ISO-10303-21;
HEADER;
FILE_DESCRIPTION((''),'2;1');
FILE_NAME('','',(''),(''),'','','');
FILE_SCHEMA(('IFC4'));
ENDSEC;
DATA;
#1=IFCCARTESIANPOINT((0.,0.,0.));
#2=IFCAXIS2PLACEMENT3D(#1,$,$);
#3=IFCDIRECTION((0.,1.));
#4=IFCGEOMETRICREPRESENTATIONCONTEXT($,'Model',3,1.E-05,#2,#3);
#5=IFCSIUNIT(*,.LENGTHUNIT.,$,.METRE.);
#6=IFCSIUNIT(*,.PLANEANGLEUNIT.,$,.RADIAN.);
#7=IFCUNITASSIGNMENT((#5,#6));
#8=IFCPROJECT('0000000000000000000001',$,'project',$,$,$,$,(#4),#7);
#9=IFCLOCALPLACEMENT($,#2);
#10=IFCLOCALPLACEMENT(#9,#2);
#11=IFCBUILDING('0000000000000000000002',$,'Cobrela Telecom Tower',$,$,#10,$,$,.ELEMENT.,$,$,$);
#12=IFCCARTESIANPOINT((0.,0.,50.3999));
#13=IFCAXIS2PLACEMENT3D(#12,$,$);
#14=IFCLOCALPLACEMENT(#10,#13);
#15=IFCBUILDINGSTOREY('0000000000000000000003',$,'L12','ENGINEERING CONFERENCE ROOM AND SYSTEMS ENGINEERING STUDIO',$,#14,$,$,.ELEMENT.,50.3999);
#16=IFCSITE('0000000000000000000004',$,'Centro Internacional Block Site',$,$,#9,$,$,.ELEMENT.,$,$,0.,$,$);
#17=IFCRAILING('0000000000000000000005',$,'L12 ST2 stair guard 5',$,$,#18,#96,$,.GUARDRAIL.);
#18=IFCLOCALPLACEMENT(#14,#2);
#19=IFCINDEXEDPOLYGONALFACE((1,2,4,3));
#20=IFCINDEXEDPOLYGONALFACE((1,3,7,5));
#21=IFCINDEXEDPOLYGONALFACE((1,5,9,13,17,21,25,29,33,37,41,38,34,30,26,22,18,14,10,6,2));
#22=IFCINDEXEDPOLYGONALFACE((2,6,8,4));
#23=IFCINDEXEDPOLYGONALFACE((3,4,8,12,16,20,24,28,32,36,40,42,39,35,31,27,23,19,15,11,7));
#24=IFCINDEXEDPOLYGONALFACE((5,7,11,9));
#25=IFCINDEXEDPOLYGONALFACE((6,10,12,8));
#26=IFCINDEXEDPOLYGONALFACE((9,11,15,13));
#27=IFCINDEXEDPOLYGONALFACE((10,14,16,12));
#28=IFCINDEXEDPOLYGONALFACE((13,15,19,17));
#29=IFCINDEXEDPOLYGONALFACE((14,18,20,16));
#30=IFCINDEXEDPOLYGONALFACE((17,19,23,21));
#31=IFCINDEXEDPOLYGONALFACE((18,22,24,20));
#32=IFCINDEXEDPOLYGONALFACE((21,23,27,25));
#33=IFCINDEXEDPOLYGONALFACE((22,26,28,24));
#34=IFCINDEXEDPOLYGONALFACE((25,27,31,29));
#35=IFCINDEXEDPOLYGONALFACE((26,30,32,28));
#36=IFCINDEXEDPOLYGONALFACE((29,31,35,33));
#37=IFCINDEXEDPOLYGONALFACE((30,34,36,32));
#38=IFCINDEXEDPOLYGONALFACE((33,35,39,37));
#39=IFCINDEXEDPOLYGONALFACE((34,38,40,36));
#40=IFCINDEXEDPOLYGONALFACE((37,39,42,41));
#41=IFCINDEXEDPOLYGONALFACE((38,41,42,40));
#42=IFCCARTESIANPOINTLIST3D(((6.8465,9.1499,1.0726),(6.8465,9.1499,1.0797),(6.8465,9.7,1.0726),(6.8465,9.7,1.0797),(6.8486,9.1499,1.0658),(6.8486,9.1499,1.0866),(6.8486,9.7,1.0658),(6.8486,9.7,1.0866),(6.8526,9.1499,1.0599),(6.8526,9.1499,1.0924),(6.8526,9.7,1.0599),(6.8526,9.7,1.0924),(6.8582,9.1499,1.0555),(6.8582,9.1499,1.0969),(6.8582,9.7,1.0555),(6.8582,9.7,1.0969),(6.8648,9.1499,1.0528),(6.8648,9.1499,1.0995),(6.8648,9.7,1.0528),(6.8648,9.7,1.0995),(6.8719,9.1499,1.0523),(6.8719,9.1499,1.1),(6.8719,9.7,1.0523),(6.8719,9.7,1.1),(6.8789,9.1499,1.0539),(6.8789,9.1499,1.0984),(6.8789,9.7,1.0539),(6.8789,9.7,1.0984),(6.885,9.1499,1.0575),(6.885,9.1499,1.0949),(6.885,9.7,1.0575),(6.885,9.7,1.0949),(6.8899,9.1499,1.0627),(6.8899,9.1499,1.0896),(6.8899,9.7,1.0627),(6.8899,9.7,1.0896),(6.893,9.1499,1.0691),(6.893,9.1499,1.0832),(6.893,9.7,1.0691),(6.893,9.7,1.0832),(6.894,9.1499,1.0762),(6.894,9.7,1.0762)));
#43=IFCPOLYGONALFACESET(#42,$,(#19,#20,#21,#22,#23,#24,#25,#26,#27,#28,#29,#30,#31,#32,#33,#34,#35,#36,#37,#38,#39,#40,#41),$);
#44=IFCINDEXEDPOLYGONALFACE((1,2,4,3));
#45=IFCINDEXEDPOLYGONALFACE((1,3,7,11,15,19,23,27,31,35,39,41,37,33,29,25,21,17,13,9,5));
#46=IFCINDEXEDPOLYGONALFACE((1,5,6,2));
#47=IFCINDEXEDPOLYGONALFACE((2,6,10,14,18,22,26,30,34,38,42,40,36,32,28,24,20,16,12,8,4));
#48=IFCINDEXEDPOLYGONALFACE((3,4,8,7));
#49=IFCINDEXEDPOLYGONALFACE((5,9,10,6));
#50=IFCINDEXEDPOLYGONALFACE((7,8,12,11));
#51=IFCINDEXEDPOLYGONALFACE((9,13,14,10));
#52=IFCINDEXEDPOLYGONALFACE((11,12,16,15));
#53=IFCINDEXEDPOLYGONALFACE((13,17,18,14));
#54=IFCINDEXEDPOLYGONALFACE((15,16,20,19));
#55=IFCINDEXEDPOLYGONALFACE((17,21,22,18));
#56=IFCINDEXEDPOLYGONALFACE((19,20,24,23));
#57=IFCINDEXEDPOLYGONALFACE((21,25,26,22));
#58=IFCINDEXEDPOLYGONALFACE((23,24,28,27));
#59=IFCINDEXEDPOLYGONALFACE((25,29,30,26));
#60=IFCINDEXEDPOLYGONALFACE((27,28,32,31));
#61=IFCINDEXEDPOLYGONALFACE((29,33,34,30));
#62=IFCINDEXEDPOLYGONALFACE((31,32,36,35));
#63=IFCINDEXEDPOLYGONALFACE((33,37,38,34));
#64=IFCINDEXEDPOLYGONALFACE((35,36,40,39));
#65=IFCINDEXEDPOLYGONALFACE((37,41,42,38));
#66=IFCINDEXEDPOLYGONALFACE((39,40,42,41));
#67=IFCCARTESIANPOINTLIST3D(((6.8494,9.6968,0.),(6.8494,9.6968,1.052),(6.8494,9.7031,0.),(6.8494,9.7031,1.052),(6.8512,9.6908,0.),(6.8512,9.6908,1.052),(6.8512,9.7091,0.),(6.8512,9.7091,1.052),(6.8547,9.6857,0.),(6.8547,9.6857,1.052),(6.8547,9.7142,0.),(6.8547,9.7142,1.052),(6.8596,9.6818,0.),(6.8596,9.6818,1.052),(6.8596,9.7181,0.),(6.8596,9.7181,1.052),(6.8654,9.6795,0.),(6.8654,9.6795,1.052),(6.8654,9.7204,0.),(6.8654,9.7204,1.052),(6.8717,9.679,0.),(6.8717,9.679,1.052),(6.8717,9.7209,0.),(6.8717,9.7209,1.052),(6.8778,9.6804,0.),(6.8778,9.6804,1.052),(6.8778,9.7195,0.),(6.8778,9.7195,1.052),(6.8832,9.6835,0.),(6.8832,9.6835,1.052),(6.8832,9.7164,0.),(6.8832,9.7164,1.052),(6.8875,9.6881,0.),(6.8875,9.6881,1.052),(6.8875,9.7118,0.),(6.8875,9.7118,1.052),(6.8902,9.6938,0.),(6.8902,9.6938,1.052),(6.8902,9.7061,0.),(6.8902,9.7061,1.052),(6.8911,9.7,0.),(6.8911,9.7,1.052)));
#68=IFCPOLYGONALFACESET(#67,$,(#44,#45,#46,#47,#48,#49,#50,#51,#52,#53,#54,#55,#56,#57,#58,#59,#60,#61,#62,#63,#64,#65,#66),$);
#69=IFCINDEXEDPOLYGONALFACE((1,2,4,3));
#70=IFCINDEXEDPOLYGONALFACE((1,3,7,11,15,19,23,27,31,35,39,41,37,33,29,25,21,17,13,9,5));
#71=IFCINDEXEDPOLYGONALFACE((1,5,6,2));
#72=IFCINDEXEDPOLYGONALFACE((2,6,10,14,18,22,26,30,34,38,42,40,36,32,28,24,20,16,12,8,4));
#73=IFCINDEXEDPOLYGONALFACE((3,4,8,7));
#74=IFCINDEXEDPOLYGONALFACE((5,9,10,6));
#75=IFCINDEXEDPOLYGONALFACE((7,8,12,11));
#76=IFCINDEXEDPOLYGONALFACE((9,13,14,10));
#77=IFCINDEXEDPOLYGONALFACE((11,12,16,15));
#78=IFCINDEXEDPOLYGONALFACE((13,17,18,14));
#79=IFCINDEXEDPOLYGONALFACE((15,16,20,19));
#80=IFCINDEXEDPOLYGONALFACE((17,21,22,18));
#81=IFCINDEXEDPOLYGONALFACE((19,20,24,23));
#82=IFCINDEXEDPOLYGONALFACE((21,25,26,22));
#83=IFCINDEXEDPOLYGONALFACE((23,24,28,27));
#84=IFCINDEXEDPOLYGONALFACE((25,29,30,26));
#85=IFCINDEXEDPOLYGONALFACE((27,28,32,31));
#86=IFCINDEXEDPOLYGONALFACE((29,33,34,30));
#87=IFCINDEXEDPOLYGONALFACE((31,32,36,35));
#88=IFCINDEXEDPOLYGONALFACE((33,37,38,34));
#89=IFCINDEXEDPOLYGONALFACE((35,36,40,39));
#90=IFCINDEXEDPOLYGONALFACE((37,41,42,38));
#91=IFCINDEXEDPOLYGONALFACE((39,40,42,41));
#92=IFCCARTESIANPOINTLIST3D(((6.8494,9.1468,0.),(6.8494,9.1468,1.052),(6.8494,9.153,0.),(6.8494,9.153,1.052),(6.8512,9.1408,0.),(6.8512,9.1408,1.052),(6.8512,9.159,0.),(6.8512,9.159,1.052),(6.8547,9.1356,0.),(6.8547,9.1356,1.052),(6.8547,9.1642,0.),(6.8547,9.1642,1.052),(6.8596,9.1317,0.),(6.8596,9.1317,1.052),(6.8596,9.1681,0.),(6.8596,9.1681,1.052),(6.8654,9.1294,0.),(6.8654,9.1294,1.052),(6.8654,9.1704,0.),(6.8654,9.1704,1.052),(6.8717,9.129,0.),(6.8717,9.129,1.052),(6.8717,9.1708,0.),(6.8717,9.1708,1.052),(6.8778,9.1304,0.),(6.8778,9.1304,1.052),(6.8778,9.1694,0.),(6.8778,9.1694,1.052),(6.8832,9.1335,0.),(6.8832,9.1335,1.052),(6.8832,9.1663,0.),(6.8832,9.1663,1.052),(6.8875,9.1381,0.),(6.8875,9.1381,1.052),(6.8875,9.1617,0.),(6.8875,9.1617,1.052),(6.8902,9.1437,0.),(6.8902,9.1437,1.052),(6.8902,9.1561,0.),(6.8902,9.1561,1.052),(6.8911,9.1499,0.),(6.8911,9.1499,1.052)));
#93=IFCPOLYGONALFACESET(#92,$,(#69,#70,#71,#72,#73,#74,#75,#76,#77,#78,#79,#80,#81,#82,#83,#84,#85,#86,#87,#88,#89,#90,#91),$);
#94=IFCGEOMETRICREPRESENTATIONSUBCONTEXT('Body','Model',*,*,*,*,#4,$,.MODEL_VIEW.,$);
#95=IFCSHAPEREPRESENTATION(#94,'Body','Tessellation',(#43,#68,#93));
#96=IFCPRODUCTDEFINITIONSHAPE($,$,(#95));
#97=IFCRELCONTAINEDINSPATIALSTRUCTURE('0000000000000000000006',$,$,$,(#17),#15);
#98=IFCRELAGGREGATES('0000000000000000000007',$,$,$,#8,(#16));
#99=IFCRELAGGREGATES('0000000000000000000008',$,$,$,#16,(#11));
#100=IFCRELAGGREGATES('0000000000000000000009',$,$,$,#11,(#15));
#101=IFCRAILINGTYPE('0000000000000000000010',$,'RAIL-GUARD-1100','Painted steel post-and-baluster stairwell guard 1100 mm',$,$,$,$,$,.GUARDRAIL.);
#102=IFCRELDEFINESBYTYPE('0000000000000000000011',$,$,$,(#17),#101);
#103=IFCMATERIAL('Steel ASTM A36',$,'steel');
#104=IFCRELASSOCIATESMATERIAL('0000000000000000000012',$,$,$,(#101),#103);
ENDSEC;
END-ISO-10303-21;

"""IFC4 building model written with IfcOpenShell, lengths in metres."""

from ifc_helpers import new_model, si_unit, direction, frame, origin, origin_2d, place, context, subcontext, project, spatial, circle, extrude, material, type_object, element, save


model = new_model("IFC4")

# Units and contexts
model_context = context("Model", 3, precision=1e-05, world=origin(), true_north=direction((0.0, 1.0)))
body_context = subcontext(model_context, "Body", "Model", "MODEL_VIEW")
ifc_project = project(units=[si_unit("LENGTHUNIT", "METRE"), si_unit("PLANEANGLEUNIT", "RADIAN")], contexts=[model_context])

# Site, building, storey
site_placement = place(None, origin())
site = spatial("IfcSite", under=ifc_project, at=site_placement, Name="Centro Internacional Block Site", CompositionType="ELEMENT", RefElevation=0.0)
building_placement = place(site_placement, origin())
building = spatial("IfcBuilding", under=site, at=building_placement, Name="Cobrela Telecom Tower", CompositionType="ELEMENT")
storey_placement = place(building_placement, frame((0.0, 0.0, 50.3999)))
storey = spatial("IfcBuildingStorey", under=building, at=storey_placement, Name="L12", Description="ENGINEERING CONFERENCE ROOM AND SYSTEMS ENGINEERING STUDIO", CompositionType="ELEMENT", Elevation=50.3999)

# Railing
ifc_material_1 = material(Name="Steel ASTM A36", Category="steel")
railing_type_1 = type_object("IfcRailingType", Name="RAIL-GUARD-1100", Description="Painted steel post-and-baluster stairwell guard 1100 mm", PredefinedType="GUARDRAIL", material=ifc_material_1)
railing_1_placement = place(storey_placement, frame((6.8701, 9.7, 0.0)))
element("IfcRailing", 1, at=railing_1_placement, inside=storey, type_object=railing_type_1, Name="L12 ST2 stair guard 5", PredefinedType="GUARDRAIL", context=body_context, shape_type="SweptSolid", body=[
    extrude(circle(Radius=0.0239, at=origin_2d()), frame((0.0, 0.0, 1.0762), z_axis=(0.0, -1.0, 0.0), x_axis=(1.0, 0.0, 0.0)), (0.0, 0.0, 1.0), 0.55),
    extrude(circle(Radius=0.021, at=origin_2d()), origin(), (0.0, 0.0, 1.0), 1.052),
    extrude(circle(Radius=0.021, at=origin_2d()), frame((0.0, -0.55, 0.0)), (0.0, 0.0, 1.0), 1.052),
])

save(model, "model.ifc")
